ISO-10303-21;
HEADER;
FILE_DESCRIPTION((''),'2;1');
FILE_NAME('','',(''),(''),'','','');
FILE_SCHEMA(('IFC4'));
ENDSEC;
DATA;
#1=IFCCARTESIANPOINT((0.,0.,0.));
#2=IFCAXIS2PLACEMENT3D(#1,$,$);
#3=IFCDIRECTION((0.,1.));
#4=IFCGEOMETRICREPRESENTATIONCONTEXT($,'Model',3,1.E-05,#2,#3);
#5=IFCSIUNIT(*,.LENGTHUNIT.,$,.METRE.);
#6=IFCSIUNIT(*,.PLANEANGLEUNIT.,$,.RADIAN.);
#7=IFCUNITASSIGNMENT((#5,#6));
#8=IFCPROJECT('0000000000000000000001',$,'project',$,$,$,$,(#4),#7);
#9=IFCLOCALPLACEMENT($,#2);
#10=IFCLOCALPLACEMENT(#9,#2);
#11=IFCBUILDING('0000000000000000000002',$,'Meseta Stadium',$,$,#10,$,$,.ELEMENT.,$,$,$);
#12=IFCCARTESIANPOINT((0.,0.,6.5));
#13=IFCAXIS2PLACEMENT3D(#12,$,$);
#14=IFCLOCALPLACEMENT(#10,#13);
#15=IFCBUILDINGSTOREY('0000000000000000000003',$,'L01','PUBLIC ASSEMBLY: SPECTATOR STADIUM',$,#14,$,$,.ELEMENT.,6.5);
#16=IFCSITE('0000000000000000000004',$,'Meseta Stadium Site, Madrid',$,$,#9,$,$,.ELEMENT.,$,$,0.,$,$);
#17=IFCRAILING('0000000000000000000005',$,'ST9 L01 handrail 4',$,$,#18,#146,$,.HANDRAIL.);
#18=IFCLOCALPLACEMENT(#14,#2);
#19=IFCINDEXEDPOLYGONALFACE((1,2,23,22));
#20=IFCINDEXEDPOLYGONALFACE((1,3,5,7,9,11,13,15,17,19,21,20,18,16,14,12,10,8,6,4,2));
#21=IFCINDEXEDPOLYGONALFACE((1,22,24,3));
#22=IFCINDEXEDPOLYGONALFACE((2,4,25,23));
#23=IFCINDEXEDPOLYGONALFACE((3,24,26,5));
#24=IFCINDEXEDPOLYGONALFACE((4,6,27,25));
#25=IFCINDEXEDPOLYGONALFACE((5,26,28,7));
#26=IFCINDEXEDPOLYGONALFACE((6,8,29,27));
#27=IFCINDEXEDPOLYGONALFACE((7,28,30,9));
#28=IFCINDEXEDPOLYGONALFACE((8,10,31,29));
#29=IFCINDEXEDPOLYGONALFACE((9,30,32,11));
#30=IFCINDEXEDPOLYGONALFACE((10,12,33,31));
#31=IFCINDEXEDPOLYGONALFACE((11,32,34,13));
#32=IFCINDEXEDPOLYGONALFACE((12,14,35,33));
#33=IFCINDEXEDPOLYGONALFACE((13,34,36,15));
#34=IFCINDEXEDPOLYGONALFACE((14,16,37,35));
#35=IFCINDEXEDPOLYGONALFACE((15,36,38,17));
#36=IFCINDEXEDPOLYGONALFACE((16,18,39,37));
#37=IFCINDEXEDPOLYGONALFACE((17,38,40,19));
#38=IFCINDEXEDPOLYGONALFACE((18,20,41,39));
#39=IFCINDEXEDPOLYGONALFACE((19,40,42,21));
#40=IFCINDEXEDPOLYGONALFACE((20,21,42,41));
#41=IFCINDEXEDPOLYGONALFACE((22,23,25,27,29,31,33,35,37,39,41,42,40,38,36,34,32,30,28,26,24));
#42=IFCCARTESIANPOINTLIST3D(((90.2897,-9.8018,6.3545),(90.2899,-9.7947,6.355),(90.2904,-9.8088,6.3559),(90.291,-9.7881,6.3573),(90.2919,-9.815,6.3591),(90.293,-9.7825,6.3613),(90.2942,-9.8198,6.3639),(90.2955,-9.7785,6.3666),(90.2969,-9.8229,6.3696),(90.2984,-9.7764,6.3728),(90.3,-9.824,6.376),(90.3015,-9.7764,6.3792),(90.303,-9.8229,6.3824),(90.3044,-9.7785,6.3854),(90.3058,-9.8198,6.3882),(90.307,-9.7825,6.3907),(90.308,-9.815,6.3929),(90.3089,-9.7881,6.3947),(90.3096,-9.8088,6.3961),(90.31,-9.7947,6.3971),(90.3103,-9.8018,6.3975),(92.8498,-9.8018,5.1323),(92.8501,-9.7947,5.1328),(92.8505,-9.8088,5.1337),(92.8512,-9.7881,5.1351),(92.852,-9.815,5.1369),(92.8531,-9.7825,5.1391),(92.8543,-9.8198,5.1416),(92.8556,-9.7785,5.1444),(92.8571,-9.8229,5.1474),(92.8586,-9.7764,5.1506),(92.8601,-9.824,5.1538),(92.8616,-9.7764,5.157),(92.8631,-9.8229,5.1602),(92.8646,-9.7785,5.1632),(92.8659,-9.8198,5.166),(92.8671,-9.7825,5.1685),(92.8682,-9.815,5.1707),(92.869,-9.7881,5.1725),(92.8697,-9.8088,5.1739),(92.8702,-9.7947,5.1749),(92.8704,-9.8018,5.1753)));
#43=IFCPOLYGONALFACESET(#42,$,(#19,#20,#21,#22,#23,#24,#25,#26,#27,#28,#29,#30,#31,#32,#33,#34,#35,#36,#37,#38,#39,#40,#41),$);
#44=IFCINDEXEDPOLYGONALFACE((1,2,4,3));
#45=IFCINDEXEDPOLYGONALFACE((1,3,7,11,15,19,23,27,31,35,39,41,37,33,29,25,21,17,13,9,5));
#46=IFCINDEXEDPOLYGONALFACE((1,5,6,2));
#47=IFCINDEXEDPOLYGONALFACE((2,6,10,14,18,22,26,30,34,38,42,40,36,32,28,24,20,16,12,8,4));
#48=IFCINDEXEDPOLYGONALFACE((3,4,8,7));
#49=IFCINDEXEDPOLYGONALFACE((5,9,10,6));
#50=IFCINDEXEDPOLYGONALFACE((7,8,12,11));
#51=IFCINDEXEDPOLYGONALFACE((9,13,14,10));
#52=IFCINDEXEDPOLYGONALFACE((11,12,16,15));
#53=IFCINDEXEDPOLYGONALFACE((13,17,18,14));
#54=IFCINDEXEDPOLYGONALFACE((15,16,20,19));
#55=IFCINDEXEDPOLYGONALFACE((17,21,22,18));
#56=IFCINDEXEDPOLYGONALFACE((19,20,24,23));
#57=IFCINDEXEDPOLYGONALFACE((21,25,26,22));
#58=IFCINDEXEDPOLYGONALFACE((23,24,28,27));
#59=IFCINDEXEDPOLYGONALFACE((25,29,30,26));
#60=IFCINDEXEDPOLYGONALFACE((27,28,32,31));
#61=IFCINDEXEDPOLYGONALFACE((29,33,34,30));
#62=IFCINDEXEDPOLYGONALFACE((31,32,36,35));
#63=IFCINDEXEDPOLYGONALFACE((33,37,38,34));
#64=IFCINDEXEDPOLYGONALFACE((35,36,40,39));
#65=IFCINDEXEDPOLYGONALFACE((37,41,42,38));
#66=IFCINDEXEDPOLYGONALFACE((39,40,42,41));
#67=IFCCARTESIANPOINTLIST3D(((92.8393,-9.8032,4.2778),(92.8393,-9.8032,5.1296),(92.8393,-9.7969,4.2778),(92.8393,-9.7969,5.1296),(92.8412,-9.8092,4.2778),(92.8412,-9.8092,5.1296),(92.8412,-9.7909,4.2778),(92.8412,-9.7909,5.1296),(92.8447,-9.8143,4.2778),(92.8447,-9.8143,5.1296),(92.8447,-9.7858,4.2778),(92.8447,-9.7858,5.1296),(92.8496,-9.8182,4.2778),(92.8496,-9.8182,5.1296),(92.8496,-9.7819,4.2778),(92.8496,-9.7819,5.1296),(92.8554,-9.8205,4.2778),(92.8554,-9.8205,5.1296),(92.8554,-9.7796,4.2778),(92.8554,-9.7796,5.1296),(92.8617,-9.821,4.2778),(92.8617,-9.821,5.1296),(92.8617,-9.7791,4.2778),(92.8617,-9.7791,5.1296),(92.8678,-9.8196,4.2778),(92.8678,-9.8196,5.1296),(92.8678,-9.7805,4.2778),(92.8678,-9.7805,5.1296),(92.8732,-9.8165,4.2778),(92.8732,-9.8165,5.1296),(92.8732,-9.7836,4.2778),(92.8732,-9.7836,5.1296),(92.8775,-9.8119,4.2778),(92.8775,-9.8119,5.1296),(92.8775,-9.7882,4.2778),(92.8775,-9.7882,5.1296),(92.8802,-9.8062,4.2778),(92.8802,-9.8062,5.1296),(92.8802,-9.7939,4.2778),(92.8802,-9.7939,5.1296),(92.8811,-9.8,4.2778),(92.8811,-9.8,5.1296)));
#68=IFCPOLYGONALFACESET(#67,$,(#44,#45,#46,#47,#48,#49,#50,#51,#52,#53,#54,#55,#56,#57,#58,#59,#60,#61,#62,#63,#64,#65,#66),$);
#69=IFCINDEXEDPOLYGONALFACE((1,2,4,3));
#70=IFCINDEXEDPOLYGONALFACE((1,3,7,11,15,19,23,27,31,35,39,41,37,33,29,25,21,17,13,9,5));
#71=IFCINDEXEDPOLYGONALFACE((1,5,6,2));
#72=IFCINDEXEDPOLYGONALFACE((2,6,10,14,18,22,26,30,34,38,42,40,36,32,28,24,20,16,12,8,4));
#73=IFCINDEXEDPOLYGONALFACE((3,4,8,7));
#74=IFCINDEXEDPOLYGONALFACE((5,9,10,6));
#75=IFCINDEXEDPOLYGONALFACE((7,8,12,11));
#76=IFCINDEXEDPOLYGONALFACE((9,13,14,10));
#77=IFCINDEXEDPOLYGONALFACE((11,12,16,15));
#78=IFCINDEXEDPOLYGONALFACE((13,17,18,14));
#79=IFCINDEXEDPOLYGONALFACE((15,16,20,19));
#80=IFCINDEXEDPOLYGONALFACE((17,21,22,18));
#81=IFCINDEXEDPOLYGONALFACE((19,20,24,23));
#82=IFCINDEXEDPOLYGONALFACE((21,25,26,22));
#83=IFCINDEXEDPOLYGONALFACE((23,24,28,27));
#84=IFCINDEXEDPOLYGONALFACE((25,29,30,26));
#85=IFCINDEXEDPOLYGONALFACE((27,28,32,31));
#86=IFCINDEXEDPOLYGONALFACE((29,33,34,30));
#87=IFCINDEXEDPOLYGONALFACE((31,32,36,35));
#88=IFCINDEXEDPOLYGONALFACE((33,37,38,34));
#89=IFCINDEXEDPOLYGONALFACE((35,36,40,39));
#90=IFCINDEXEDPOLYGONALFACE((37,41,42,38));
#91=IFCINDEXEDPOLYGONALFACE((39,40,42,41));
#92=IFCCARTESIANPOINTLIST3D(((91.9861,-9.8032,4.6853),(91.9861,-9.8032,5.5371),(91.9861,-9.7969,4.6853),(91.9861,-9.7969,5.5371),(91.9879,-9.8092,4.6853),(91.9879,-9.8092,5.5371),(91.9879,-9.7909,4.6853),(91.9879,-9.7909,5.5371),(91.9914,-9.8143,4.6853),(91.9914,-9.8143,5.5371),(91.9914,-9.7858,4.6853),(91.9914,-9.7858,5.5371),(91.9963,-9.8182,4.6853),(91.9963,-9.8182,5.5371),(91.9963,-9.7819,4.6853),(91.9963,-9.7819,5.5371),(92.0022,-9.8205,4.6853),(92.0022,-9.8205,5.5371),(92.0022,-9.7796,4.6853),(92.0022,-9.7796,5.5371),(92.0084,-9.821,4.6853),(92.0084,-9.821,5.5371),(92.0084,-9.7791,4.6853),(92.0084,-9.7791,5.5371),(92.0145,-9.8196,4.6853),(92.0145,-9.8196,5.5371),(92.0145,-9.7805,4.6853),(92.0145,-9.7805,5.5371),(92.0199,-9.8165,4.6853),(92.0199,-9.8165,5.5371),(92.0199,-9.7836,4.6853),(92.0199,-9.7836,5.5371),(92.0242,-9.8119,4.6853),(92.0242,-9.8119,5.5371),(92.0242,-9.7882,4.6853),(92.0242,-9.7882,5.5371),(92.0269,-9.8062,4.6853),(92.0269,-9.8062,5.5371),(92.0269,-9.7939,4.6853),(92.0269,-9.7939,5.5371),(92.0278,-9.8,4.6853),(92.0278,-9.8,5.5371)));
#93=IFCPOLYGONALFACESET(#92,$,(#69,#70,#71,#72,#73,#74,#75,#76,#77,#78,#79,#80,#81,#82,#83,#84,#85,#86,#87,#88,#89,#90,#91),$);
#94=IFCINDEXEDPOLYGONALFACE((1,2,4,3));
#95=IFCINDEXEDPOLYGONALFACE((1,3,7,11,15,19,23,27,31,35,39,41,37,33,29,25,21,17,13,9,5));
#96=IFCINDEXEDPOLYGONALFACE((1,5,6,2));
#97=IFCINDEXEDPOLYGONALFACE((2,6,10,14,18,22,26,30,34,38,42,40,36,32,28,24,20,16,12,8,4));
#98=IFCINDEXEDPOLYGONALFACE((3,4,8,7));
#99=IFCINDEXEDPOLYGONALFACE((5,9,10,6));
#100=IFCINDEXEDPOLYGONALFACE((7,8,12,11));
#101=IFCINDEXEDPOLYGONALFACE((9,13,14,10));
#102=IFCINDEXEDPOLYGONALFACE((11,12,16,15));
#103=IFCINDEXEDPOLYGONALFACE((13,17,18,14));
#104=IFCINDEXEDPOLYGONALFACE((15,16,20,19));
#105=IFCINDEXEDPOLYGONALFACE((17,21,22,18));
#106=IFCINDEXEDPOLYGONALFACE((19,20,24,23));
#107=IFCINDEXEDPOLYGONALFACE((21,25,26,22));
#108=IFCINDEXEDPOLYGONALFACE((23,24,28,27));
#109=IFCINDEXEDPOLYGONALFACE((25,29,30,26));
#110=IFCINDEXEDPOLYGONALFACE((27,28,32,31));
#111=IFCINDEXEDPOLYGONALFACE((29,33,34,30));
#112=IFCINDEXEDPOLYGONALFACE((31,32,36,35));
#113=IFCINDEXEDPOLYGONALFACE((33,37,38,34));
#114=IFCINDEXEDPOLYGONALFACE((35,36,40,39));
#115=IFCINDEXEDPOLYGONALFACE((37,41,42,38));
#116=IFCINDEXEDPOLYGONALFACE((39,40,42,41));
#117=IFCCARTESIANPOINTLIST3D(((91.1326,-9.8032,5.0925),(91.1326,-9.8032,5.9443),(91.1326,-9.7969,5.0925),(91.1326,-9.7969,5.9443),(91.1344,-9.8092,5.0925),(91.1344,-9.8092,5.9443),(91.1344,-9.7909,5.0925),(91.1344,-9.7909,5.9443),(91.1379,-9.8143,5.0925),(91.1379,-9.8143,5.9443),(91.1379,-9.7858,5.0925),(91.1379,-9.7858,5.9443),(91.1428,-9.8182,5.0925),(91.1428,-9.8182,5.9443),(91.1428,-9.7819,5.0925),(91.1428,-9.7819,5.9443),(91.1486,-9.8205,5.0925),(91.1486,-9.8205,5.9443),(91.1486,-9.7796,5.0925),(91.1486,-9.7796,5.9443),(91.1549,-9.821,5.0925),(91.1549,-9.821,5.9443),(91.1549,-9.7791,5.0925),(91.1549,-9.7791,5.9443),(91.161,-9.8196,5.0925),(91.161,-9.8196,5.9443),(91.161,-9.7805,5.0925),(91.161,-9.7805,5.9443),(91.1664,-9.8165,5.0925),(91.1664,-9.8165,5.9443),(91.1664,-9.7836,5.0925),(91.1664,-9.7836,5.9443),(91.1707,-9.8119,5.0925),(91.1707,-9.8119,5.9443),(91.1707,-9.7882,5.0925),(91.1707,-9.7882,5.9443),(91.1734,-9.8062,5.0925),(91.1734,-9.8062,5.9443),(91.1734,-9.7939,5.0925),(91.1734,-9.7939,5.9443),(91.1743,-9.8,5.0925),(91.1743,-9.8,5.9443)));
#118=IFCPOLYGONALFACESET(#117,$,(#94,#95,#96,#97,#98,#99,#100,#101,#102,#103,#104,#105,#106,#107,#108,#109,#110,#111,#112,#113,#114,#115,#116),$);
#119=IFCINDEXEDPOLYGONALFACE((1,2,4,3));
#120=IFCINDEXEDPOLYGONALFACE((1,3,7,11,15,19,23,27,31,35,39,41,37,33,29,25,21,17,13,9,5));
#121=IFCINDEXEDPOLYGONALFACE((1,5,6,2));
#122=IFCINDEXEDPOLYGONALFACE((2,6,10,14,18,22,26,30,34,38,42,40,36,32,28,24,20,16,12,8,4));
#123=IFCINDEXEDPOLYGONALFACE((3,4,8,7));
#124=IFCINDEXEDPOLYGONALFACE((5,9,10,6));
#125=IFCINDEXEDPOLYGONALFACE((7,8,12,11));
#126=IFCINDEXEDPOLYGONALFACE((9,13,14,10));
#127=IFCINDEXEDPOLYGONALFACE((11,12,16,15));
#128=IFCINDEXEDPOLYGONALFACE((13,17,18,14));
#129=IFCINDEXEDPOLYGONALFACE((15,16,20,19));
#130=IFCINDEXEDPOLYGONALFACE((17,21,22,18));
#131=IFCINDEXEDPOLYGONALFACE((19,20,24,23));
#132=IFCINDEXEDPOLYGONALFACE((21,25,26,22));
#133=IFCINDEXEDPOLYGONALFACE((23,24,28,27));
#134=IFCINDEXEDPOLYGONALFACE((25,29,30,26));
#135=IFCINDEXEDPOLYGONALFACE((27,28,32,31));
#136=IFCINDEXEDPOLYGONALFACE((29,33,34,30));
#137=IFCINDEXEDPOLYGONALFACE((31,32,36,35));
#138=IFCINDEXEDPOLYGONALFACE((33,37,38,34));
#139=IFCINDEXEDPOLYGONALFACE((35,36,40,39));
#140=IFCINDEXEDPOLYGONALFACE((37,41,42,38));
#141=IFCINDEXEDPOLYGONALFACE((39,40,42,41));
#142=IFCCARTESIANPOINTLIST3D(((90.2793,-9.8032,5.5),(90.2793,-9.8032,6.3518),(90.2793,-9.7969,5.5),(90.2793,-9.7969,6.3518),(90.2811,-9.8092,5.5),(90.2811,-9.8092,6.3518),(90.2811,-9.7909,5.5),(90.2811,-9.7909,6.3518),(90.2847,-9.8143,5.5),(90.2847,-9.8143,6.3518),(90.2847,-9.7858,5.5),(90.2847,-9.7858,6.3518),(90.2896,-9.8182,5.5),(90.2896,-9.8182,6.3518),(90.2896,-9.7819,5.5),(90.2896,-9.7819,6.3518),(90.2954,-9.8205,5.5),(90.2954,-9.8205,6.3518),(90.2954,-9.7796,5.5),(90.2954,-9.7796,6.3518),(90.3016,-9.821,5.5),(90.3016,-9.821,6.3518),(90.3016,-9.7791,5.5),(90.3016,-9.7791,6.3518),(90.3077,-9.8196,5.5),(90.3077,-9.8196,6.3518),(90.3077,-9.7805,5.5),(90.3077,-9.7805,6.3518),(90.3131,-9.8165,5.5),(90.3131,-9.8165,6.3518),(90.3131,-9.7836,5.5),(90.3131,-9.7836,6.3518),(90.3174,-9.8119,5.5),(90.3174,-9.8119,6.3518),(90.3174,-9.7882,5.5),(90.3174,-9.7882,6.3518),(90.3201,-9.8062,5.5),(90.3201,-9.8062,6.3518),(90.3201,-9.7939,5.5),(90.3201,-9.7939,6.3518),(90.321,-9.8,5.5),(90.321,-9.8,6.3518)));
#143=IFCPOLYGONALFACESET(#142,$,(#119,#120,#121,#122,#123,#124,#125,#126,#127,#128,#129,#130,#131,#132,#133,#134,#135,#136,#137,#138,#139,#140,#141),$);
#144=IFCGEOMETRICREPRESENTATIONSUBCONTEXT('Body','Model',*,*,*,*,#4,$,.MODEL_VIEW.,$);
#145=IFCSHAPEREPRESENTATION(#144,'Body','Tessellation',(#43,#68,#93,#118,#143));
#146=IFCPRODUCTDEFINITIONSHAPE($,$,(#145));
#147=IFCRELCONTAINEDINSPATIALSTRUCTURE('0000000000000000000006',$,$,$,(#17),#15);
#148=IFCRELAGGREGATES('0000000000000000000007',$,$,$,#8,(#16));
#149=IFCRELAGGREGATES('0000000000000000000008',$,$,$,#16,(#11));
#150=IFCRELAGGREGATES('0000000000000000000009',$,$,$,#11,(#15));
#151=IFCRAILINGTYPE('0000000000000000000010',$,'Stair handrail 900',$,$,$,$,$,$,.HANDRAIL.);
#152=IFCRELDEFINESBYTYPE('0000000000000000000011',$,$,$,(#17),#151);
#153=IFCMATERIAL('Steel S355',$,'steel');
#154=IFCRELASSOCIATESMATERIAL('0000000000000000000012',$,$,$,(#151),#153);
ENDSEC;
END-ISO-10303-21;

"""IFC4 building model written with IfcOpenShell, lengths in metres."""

from ifc_helpers import new_model, si_unit, direction, frame, origin, origin_2d, place, context, subcontext, project, spatial, circle, extrude, material, type_object, element, save


model = new_model("IFC4")

# Units and contexts
model_context = context("Model", 3, precision=1e-05, world=origin(), true_north=direction((0.0, 1.0)))
body_context = subcontext(model_context, "Body", "Model", "MODEL_VIEW")
ifc_project = project(units=[si_unit("LENGTHUNIT", "METRE"), si_unit("PLANEANGLEUNIT", "RADIAN")], contexts=[model_context])

# Site, building, storey
site_placement = place(None, origin())
site = spatial("IfcSite", under=ifc_project, at=site_placement, Name="Meseta Stadium Site, Madrid", CompositionType="ELEMENT", RefElevation=0.0)
building_placement = place(site_placement, origin())
building = spatial("IfcBuilding", under=site, at=building_placement, Name="Meseta Stadium", CompositionType="ELEMENT")
storey_placement = place(building_placement, frame((0.0, 0.0, 6.5)))
storey = spatial("IfcBuildingStorey", under=building, at=storey_placement, Name="L01", Description="PUBLIC ASSEMBLY: SPECTATOR STADIUM", CompositionType="ELEMENT", Elevation=6.5)

# Railing
ifc_material_1 = material(Name="Steel S355", Category="steel")
railing_type_1 = type_object("IfcRailingType", Name="Stair handrail 900", PredefinedType="HANDRAIL", material=ifc_material_1)
railing_1_placement = place(storey_placement, frame((92.8601, -9.8, 4.2778)))
element("IfcRailing", 1, at=railing_1_placement, inside=storey, type_object=railing_type_1, Name="ST9 L01 handrail 4", PredefinedType="HANDRAIL", context=body_context, shape_type="SweptSolid", body=[
    extrude(circle(Radius=0.0239, at=origin_2d()), frame((0.0, 0.0, 0.876), z_axis=(-0.902437, 0.0, 0.430822), x_axis=(0.0, -1.0, 0.0)), (0.0, 0.0, 1.0), 2.8369),
    extrude(circle(Radius=0.021, at=origin_2d()), origin(), (0.0, 0.0, 1.0), 0.8518),
    extrude(circle(Radius=0.021, at=origin_2d()), frame((-0.8533, 0.0, 0.4075)), (0.0, 0.0, 1.0), 0.8518),
    extrude(circle(Radius=0.021, at=origin_2d()), frame((-1.7068, 0.0, 0.8147)), (0.0, 0.0, 1.0), 0.8518),
    extrude(circle(Radius=0.021, at=origin_2d()), frame((-2.5601, 0.0, 1.2222)), (0.0, 0.0, 1.0), 0.8518),
])

save(model, "model.ifc")
